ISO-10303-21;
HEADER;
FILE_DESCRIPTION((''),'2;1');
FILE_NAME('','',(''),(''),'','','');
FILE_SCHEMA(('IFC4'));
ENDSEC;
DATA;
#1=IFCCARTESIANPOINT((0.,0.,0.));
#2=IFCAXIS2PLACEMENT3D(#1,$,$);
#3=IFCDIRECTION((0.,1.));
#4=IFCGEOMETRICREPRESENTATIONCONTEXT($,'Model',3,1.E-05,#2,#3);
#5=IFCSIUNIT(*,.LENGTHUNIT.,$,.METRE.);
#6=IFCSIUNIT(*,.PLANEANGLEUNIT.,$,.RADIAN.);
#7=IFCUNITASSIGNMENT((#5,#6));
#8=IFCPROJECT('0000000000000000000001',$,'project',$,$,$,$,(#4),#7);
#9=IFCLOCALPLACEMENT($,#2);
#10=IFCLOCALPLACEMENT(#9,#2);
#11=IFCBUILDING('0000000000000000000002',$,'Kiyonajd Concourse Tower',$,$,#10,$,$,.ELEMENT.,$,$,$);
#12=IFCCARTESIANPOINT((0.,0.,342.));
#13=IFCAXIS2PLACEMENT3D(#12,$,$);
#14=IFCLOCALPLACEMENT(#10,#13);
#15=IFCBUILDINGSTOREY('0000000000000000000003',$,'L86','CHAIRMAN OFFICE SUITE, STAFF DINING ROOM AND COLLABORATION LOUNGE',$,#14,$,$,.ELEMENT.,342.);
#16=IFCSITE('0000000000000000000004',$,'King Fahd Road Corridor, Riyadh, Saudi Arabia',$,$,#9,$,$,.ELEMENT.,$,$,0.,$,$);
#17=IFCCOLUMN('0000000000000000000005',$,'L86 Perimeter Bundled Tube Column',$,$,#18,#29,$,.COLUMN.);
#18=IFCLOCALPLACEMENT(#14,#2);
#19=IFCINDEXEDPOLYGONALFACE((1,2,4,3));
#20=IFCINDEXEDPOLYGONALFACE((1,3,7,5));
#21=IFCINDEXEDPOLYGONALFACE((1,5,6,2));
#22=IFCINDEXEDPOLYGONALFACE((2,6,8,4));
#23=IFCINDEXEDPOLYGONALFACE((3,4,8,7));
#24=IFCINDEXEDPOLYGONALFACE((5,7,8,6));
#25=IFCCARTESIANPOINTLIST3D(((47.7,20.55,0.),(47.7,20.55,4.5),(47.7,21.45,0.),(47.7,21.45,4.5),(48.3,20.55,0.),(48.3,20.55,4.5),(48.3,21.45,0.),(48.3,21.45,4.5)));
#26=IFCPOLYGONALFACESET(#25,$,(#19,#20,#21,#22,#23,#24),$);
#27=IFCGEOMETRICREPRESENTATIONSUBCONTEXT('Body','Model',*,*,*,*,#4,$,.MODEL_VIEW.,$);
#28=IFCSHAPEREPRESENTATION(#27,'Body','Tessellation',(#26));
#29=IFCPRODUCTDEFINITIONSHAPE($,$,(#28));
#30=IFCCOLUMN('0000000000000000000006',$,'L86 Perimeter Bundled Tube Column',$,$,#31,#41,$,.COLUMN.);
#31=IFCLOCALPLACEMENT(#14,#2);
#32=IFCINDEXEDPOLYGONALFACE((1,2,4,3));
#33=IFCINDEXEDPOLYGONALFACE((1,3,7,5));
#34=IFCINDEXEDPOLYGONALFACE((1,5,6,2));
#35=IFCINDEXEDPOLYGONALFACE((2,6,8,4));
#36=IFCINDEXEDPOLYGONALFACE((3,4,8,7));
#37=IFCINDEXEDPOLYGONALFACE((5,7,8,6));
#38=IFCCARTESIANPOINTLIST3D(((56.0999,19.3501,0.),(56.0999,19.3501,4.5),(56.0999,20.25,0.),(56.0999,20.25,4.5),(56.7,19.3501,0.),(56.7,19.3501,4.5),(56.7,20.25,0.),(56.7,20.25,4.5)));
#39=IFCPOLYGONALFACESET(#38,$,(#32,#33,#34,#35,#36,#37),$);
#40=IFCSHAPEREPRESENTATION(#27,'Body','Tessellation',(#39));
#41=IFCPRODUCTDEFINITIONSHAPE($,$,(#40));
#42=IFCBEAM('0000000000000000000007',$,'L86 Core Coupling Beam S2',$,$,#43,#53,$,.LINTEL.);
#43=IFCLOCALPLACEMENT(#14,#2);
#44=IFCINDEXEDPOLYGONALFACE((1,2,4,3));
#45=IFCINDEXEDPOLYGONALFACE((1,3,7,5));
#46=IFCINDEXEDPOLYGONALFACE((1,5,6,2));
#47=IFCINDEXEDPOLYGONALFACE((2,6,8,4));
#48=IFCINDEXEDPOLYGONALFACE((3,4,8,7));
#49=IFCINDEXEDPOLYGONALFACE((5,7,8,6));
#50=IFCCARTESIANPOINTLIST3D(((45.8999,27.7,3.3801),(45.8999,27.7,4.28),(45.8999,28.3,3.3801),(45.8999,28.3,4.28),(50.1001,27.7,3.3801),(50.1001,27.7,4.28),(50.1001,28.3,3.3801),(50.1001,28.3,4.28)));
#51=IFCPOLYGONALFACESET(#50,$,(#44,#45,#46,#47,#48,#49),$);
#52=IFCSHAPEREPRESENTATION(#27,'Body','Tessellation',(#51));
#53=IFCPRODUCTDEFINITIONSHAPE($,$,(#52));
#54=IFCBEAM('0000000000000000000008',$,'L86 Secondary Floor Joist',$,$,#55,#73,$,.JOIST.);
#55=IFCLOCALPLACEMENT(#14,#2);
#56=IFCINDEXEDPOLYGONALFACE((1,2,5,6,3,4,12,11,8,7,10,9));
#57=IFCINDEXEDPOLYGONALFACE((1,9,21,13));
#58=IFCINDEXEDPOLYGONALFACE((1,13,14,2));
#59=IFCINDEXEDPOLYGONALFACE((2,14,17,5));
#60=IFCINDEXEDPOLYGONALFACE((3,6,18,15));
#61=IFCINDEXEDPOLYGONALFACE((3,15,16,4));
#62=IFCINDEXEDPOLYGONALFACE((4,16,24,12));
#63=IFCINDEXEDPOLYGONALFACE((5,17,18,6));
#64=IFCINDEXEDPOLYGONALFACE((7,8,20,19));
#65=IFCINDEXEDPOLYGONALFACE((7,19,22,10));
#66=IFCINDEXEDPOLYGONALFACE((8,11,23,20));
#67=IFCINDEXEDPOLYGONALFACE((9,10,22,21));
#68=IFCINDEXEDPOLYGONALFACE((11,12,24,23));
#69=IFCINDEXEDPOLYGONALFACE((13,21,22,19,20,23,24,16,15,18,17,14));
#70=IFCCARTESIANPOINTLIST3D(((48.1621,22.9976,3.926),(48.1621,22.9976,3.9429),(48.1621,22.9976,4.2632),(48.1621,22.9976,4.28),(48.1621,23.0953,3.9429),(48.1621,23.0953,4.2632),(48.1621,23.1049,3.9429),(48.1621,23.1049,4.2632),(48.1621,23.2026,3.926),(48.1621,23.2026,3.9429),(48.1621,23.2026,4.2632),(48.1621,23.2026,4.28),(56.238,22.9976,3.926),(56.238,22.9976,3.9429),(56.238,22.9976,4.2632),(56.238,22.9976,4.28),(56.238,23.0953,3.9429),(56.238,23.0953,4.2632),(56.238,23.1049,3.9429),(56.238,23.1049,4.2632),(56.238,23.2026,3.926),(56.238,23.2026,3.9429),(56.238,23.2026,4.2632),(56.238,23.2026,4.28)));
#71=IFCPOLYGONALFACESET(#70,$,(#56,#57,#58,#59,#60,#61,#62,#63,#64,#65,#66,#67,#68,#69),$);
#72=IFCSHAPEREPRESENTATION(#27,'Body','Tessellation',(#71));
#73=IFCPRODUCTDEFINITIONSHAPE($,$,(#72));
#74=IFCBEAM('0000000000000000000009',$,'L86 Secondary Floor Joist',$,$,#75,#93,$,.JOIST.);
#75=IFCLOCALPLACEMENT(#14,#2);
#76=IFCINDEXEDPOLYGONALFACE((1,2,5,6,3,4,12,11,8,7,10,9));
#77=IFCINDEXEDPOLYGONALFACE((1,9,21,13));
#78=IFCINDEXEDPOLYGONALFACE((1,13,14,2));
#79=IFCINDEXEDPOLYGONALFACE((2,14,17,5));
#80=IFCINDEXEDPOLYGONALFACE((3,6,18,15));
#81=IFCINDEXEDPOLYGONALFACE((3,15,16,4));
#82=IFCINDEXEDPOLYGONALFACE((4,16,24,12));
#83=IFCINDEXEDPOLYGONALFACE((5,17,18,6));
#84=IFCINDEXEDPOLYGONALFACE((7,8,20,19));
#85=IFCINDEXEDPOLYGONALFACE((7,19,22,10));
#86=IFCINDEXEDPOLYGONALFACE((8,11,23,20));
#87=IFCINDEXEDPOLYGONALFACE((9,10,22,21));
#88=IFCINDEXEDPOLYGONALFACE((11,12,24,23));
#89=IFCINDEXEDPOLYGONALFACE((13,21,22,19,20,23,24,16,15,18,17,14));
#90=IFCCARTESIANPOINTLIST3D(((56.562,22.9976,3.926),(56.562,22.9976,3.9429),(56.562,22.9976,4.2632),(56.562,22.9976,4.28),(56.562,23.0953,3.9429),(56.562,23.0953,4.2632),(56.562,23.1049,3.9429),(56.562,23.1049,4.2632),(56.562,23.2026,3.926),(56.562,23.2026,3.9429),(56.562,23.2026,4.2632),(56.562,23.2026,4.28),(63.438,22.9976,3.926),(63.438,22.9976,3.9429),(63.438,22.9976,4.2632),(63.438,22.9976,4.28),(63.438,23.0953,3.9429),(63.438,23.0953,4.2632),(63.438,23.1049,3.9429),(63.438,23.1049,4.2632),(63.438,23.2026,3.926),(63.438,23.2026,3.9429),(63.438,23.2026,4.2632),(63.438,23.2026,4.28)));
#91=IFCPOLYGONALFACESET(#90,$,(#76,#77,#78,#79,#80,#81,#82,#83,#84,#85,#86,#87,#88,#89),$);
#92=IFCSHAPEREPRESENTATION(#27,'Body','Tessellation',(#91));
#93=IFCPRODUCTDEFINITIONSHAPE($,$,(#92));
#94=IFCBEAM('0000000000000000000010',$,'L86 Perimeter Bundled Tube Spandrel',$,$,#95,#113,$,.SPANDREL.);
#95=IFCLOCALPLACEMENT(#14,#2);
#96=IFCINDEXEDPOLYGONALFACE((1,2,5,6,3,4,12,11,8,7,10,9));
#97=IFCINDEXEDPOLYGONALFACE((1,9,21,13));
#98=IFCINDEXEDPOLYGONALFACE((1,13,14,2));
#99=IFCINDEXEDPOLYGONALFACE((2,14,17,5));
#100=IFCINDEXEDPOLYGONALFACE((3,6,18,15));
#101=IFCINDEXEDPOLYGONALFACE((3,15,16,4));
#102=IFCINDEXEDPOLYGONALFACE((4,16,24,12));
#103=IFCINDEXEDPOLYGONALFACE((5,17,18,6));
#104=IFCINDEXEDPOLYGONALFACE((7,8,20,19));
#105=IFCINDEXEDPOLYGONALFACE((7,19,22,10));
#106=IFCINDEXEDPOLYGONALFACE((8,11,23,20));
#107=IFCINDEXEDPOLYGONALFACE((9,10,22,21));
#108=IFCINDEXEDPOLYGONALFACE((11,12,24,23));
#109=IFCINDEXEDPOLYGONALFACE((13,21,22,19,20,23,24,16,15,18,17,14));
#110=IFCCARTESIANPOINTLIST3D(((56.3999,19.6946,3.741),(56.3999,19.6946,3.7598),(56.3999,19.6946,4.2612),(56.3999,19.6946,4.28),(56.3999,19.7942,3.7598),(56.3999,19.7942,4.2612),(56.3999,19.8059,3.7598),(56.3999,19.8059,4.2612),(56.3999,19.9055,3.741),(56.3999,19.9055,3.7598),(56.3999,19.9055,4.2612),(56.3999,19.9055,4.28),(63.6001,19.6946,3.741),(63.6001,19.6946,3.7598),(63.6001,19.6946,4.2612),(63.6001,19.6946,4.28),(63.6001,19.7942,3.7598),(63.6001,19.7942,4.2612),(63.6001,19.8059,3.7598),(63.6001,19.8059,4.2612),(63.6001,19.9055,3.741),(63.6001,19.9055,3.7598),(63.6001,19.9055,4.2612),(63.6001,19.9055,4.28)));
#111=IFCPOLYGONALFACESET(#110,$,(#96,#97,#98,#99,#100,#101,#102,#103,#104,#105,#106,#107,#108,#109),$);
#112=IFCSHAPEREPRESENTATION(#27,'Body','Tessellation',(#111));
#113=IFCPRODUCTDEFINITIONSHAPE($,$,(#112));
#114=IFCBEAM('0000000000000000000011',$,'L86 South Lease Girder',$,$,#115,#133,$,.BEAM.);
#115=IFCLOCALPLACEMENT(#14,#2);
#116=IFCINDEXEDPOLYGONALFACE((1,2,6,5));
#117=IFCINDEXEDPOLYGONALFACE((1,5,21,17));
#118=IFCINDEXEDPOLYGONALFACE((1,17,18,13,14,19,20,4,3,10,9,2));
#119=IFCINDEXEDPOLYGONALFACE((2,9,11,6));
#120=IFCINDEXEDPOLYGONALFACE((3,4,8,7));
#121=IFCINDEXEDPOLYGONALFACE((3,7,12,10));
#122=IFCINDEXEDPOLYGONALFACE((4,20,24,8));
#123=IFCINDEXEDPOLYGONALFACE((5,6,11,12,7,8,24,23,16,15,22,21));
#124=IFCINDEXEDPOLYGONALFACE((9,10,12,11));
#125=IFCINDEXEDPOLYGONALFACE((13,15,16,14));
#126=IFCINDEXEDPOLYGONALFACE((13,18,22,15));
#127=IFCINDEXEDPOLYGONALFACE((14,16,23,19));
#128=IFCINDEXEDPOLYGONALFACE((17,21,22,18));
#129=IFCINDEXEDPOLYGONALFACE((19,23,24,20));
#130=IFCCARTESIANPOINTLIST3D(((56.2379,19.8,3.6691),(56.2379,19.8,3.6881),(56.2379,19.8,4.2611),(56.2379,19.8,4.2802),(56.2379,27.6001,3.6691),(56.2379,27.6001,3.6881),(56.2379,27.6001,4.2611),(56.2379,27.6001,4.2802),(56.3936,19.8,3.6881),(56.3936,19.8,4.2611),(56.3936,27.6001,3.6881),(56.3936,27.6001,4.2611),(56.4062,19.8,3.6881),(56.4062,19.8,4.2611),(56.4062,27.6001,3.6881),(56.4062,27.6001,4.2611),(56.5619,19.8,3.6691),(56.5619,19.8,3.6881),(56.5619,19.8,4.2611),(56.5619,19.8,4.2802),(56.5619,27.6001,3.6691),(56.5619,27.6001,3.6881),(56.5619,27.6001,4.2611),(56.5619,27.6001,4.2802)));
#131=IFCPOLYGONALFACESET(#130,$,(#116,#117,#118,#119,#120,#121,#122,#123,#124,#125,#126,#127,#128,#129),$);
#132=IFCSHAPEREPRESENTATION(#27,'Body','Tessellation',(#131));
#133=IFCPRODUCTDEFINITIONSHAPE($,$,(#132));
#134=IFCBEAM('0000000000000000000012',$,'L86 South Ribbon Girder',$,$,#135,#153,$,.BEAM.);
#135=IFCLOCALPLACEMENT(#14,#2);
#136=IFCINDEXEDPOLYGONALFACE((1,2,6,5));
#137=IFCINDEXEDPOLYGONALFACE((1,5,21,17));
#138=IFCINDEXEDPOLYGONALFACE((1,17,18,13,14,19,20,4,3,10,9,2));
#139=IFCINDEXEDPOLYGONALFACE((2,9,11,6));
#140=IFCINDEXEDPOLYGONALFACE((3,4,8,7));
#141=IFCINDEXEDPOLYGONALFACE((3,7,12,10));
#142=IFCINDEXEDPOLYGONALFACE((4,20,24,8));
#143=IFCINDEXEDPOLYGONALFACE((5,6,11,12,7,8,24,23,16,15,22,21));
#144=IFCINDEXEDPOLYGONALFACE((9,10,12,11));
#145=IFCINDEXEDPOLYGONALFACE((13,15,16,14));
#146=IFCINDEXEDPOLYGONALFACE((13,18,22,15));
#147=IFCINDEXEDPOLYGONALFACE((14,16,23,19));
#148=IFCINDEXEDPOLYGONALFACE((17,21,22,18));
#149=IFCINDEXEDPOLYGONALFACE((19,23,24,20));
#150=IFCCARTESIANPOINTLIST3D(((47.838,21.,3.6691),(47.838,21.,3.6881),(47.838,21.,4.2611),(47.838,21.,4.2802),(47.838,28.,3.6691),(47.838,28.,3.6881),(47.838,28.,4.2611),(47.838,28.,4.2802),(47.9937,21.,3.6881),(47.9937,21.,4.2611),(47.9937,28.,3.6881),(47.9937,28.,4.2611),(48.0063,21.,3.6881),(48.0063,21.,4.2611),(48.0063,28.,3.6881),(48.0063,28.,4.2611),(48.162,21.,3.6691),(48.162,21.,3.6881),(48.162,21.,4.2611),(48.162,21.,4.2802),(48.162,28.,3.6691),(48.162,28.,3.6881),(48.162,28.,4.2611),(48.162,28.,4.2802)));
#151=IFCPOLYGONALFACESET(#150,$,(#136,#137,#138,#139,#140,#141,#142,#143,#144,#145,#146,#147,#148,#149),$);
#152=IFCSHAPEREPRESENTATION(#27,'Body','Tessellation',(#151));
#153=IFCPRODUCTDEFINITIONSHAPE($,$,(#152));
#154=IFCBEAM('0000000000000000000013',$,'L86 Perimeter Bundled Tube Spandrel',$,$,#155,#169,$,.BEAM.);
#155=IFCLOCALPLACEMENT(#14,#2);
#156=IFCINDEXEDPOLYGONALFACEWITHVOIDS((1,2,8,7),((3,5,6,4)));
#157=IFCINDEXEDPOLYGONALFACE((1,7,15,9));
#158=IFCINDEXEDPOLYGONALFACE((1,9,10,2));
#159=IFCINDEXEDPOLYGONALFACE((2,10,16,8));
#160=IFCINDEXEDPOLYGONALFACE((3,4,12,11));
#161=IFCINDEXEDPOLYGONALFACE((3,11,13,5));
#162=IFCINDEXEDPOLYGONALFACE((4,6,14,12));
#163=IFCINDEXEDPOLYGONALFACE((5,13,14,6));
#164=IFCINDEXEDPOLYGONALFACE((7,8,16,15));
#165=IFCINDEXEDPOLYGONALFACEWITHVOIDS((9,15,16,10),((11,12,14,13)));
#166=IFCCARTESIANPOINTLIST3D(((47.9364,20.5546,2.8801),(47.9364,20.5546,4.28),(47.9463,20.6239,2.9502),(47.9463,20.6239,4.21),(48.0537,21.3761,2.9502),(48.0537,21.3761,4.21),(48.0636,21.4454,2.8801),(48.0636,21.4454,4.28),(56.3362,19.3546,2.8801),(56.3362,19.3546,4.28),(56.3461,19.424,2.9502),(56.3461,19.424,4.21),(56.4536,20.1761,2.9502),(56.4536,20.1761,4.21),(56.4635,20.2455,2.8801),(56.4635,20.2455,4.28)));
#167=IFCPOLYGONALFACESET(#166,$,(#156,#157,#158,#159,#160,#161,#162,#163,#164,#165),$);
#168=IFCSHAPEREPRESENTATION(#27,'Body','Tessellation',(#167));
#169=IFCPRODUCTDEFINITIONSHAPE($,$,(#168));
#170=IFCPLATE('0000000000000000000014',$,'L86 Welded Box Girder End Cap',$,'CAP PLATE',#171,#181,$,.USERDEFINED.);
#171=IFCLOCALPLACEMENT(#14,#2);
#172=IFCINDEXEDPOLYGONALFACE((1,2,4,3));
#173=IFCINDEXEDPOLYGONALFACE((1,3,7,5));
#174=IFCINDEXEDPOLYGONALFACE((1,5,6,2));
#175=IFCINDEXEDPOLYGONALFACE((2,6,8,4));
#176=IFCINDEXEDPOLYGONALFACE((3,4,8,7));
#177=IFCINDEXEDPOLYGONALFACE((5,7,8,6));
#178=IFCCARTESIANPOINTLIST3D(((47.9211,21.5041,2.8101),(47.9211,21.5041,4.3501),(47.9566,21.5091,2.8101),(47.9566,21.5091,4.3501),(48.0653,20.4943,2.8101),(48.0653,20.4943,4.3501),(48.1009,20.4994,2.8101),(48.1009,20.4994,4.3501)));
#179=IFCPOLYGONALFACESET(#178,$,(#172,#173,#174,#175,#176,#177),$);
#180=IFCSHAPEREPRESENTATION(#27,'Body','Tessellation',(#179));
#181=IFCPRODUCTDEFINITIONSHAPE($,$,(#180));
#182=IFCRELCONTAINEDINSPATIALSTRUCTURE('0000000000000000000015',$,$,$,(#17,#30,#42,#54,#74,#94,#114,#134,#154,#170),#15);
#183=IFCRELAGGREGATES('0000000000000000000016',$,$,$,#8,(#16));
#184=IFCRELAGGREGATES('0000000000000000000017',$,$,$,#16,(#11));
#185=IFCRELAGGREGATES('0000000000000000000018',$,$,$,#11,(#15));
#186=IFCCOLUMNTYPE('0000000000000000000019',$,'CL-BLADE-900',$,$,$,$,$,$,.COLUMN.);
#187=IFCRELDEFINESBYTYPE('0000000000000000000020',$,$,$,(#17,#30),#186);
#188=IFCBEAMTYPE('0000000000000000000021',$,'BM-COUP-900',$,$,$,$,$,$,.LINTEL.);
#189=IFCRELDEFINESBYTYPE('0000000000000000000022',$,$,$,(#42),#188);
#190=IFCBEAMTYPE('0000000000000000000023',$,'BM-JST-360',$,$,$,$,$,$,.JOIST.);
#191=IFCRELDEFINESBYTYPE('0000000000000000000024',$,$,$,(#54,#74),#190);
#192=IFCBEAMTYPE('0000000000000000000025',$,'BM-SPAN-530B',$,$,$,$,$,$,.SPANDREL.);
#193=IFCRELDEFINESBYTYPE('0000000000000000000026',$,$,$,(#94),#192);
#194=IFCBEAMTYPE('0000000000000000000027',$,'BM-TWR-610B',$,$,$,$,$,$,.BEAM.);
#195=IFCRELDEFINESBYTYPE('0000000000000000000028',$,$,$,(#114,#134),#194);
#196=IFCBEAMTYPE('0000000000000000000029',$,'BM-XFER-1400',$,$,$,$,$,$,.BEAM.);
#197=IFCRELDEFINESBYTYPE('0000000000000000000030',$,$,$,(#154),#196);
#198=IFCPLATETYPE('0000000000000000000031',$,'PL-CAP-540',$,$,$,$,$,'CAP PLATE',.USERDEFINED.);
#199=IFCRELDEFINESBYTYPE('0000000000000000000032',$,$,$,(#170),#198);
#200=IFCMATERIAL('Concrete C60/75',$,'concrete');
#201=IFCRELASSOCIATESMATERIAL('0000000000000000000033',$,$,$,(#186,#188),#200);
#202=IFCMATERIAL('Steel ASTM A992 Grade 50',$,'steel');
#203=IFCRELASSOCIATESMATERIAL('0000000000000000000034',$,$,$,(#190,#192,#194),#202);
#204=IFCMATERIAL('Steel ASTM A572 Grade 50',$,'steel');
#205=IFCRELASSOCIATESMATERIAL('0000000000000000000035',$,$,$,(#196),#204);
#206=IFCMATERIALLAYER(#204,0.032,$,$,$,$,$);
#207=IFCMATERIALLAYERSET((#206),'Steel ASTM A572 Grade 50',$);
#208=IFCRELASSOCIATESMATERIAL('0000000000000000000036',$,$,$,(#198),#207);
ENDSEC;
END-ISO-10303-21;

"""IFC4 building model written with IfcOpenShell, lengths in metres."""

from ifc_helpers import new_model, si_unit, direction, frame, origin, origin_2d, place, context, subcontext, project, spatial, rectangle, hollow_rectangle, i_section, extrude, material, layer, layer_set, material_profile, profile_set, type_object, element, save


model = new_model("IFC4")

# Units and contexts
model_context = context("Model", 3, precision=1e-05, world=origin(), true_north=direction((0.0, 1.0)))
body_context = subcontext(model_context, "Body", "Model", "MODEL_VIEW")
ifc_project = project(units=[si_unit("LENGTHUNIT", "METRE"), si_unit("PLANEANGLEUNIT", "RADIAN")], contexts=[model_context])

# Site, building, storey
site_placement = place(None, origin())
site = spatial("IfcSite", under=ifc_project, at=site_placement, Name="King Fahd Road Corridor, Riyadh, Saudi Arabia", CompositionType="ELEMENT", RefElevation=0.0)
building_placement = place(site_placement, origin())
building = spatial("IfcBuilding", under=site, at=building_placement, Name="Kiyonajd Concourse Tower", CompositionType="ELEMENT")
storey_placement = place(building_placement, frame((0.0, 0.0, 342.0)))
storey = spatial("IfcBuildingStorey", under=building, at=storey_placement, Name="L86", Description="CHAIRMAN OFFICE SUITE, STAFF DINING ROOM AND COLLABORATION LOUNGE", CompositionType="ELEMENT", Elevation=342.0)

# Columns
ifc_material_1 = material(Name="Concrete C60/75", Category="concrete")
ifc_material_profile_1 = material_profile(ifc_material_1, rectangle(XDim=0.6001, YDim=0.8999, at=origin_2d()), Name="RC-900x600")
ifc_profile_set_1 = profile_set([ifc_material_profile_1], Name="Concrete C60/75")
column_type = type_object("IfcColumnType", Name="CL-BLADE-900", PredefinedType="COLUMN", material=ifc_profile_set_1)
for number, where, z_axis, x_axis, name in (
    (1, (48.0, 21.0, 0.0), (0.0, 0.0, 1.0), (1.0, 0.0, 0.0), "L86 Perimeter Bundled Tube Column"),
    (2, (56.3999, 19.8, 0.0), (0.0, 0.0, 1.0), (1.0, 0.0, 0.0), "L86 Perimeter Bundled Tube Column"),
):
    element("IfcColumn", number, at=place(storey_placement, frame(where, z_axis=z_axis, x_axis=x_axis)), inside=storey, type_object=column_type, Name=name, PredefinedType="COLUMN", context=body_context, shape_type="SweptSolid", body=[
        extrude(rectangle(XDim=0.6001, YDim=0.8999, at=origin_2d()), origin(), (0.0, 0.0, 1.0), 4.5),
    ])

# Beams
ifc_material_profile_2 = material_profile(ifc_material_1, rectangle(XDim=0.6001, YDim=0.8999, at=origin_2d()), Name="RCBM-600x900")
ifc_profile_set_2 = profile_set([ifc_material_profile_2], Name="Concrete C60/75")
beam_type_1 = type_object("IfcBeamType", Name="BM-COUP-900", PredefinedType="LINTEL", material=ifc_profile_set_2)
beam_1_placement = place(storey_placement, frame((45.8999, 28.0, 3.8301), z_axis=(1.0, 0.0, 0.0), x_axis=(0.0, 1.0, 0.0)))
element("IfcBeam", 3, at=beam_1_placement, inside=storey, type_object=beam_type_1, Name="L86 Core Coupling Beam S2", PredefinedType="LINTEL", context=body_context, shape_type="SweptSolid", body=[
    extrude(rectangle(XDim=0.6001, YDim=0.8999, at=origin_2d()), origin(), (0.0, 0.0, 1.0), 4.2002),
])
ifc_material_2 = material(Name="Steel ASTM A992 Grade 50", Category="steel")
ifc_material_profile_3 = material_profile(ifc_material_2, i_section(OverallWidth=0.2051, OverallDepth=0.354, WebThickness=0.0095, FlangeThickness=0.0168, at=origin_2d()), Name="W360X79")
ifc_profile_set_3 = profile_set([ifc_material_profile_3], Name="Steel ASTM A992 Grade 50")
beam_type_2 = type_object("IfcBeamType", Name="BM-JST-360", PredefinedType="JOIST", material=ifc_profile_set_3)
beam_2_placement = place(storey_placement, frame((48.1621, 23.1001, 4.103), z_axis=(1.0, 0.0, 0.0), x_axis=(0.0, 1.0, 0.0)))
element("IfcBeam", 4, at=beam_2_placement, inside=storey, type_object=beam_type_2, Name="L86 Secondary Floor Joist", PredefinedType="JOIST", context=body_context, shape_type="SweptSolid", body=[
    extrude(i_section(OverallWidth=0.2051, OverallDepth=0.354, WebThickness=0.0095, FlangeThickness=0.0168, at=origin_2d()), origin(), (0.0, 0.0, 1.0), 8.0759),
])
beam_3_placement = place(storey_placement, frame((56.562, 23.1001, 4.103), z_axis=(1.0, 0.0, 0.0), x_axis=(0.0, 1.0, 0.0)))
element("IfcBeam", 5, at=beam_3_placement, inside=storey, type_object=beam_type_2, Name="L86 Secondary Floor Joist", PredefinedType="JOIST", context=body_context, shape_type="SweptSolid", body=[
    extrude(i_section(OverallWidth=0.2051, OverallDepth=0.354, WebThickness=0.0095, FlangeThickness=0.0168, at=origin_2d()), origin(), (0.0, 0.0, 1.0), 6.876),
])
ifc_material_profile_4 = material_profile(ifc_material_2, i_section(OverallWidth=0.2109, OverallDepth=0.5391, WebThickness=0.0117, FlangeThickness=0.0188, at=origin_2d()), Name="W530X109")
ifc_profile_set_4 = profile_set([ifc_material_profile_4], Name="Steel ASTM A992 Grade 50")
beam_type_3 = type_object("IfcBeamType", Name="BM-SPAN-530B", PredefinedType="SPANDREL", material=ifc_profile_set_4)
beam_4_placement = place(storey_placement, frame((56.3999, 19.8, 4.0105), z_axis=(1.0, 0.0, 0.0), x_axis=(0.0, 1.0, 0.0)))
element("IfcBeam", 6, at=beam_4_placement, inside=storey, type_object=beam_type_3, Name="L86 Perimeter Bundled Tube Spandrel", PredefinedType="SPANDREL", context=body_context, shape_type="SweptSolid", body=[
    extrude(i_section(OverallWidth=0.2109, OverallDepth=0.5391, WebThickness=0.0117, FlangeThickness=0.0188, at=origin_2d()), origin(), (0.0, 0.0, 1.0), 7.2002),
])
ifc_material_profile_5 = material_profile(ifc_material_2, i_section(OverallWidth=0.324, OverallDepth=0.6111, WebThickness=0.0127, FlangeThickness=0.019, at=origin_2d()), Name="W610X155")
ifc_profile_set_5 = profile_set([ifc_material_profile_5], Name="Steel ASTM A992 Grade 50")
beam_type_4 = type_object("IfcBeamType", Name="BM-TWR-610B", PredefinedType="BEAM", material=ifc_profile_set_5)
beam_5_placement = place(storey_placement, frame((56.3999, 19.8, 3.9746), z_axis=(0.0, 1.0, 0.0), x_axis=(-1.0, 0.0, 0.0)))
element("IfcBeam", 7, at=beam_5_placement, inside=storey, type_object=beam_type_4, Name="L86 South Lease Girder", PredefinedType="BEAM", context=body_context, shape_type="SweptSolid", body=[
    extrude(i_section(OverallWidth=0.324, OverallDepth=0.6111, WebThickness=0.0127, FlangeThickness=0.019, at=origin_2d()), origin(), (0.0, 0.0, 1.0), 7.8),
])
beam_6_placement = place(storey_placement, frame((48.0, 21.0, 3.9746), z_axis=(0.0, 1.0, 0.0), x_axis=(-1.0, 0.0, 0.0)))
element("IfcBeam", 8, at=beam_6_placement, inside=storey, type_object=beam_type_4, Name="L86 South Ribbon Girder", PredefinedType="BEAM", context=body_context, shape_type="SweptSolid", body=[
    extrude(i_section(OverallWidth=0.324, OverallDepth=0.6111, WebThickness=0.0127, FlangeThickness=0.019, at=origin_2d()), origin(), (0.0, 0.0, 1.0), 7.0),
])
ifc_material_3 = material(Name="Steel ASTM A572 Grade 50", Category="steel")
ifc_material_profile_6 = material_profile(ifc_material_3, hollow_rectangle(XDim=0.8999, YDim=1.3999, WallThickness=0.0701, at=origin_2d()), Name="BOX-1400x900x70")
ifc_profile_set_6 = profile_set([ifc_material_profile_6], Name="Steel ASTM A572 Grade 50")
beam_type_5 = type_object("IfcBeamType", Name="BM-XFER-1400", PredefinedType="BEAM", material=ifc_profile_set_6)
beam_7_placement = place(storey_placement, frame((48.0, 21.0, 3.5801), z_axis=(0.98995, -0.141417, 0.0), x_axis=(0.141417, 0.98995, 0.0)))
element("IfcBeam", 9, at=beam_7_placement, inside=storey, type_object=beam_type_5, Name="L86 Perimeter Bundled Tube Spandrel", PredefinedType="BEAM", context=body_context, shape_type="SweptSolid", body=[
    extrude(hollow_rectangle(XDim=0.8999, YDim=1.3999, WallThickness=0.0701, at=origin_2d()), origin(), (0.0, 0.0, 1.0), 8.4851),
])

# Plate
ifc_layer_1 = layer(ifc_material_3, 0.032)
ifc_layer_set_1 = layer_set([ifc_layer_1], Name="Steel ASTM A572 Grade 50")
plate_type_1 = type_object("IfcPlateType", Name="PL-CAP-540", ElementType="CAP PLATE", PredefinedType="USERDEFINED", material=ifc_layer_set_1)
for number, where, z_axis, x_axis, name in (
    (10, (48.011, 21.0017, 2.8101), (0.0, 0.0, 1.0), (0.98995, 0.14142, 0.0), "L86 Welded Box Girder End Cap"),
):
    element("IfcPlate", number, at=place(storey_placement, frame(where, z_axis=z_axis, x_axis=x_axis)), inside=storey, type_object=plate_type_1, Name=name, ObjectType="CAP PLATE", PredefinedType="USERDEFINED", context=body_context, shape_type="SweptSolid", body=[
        extrude(rectangle(XDim=0.0359, YDim=1.02, at=origin_2d()), origin(), (0.0, 0.0, 1.0), 1.54),
    ])

save(model, "model.ifc")
